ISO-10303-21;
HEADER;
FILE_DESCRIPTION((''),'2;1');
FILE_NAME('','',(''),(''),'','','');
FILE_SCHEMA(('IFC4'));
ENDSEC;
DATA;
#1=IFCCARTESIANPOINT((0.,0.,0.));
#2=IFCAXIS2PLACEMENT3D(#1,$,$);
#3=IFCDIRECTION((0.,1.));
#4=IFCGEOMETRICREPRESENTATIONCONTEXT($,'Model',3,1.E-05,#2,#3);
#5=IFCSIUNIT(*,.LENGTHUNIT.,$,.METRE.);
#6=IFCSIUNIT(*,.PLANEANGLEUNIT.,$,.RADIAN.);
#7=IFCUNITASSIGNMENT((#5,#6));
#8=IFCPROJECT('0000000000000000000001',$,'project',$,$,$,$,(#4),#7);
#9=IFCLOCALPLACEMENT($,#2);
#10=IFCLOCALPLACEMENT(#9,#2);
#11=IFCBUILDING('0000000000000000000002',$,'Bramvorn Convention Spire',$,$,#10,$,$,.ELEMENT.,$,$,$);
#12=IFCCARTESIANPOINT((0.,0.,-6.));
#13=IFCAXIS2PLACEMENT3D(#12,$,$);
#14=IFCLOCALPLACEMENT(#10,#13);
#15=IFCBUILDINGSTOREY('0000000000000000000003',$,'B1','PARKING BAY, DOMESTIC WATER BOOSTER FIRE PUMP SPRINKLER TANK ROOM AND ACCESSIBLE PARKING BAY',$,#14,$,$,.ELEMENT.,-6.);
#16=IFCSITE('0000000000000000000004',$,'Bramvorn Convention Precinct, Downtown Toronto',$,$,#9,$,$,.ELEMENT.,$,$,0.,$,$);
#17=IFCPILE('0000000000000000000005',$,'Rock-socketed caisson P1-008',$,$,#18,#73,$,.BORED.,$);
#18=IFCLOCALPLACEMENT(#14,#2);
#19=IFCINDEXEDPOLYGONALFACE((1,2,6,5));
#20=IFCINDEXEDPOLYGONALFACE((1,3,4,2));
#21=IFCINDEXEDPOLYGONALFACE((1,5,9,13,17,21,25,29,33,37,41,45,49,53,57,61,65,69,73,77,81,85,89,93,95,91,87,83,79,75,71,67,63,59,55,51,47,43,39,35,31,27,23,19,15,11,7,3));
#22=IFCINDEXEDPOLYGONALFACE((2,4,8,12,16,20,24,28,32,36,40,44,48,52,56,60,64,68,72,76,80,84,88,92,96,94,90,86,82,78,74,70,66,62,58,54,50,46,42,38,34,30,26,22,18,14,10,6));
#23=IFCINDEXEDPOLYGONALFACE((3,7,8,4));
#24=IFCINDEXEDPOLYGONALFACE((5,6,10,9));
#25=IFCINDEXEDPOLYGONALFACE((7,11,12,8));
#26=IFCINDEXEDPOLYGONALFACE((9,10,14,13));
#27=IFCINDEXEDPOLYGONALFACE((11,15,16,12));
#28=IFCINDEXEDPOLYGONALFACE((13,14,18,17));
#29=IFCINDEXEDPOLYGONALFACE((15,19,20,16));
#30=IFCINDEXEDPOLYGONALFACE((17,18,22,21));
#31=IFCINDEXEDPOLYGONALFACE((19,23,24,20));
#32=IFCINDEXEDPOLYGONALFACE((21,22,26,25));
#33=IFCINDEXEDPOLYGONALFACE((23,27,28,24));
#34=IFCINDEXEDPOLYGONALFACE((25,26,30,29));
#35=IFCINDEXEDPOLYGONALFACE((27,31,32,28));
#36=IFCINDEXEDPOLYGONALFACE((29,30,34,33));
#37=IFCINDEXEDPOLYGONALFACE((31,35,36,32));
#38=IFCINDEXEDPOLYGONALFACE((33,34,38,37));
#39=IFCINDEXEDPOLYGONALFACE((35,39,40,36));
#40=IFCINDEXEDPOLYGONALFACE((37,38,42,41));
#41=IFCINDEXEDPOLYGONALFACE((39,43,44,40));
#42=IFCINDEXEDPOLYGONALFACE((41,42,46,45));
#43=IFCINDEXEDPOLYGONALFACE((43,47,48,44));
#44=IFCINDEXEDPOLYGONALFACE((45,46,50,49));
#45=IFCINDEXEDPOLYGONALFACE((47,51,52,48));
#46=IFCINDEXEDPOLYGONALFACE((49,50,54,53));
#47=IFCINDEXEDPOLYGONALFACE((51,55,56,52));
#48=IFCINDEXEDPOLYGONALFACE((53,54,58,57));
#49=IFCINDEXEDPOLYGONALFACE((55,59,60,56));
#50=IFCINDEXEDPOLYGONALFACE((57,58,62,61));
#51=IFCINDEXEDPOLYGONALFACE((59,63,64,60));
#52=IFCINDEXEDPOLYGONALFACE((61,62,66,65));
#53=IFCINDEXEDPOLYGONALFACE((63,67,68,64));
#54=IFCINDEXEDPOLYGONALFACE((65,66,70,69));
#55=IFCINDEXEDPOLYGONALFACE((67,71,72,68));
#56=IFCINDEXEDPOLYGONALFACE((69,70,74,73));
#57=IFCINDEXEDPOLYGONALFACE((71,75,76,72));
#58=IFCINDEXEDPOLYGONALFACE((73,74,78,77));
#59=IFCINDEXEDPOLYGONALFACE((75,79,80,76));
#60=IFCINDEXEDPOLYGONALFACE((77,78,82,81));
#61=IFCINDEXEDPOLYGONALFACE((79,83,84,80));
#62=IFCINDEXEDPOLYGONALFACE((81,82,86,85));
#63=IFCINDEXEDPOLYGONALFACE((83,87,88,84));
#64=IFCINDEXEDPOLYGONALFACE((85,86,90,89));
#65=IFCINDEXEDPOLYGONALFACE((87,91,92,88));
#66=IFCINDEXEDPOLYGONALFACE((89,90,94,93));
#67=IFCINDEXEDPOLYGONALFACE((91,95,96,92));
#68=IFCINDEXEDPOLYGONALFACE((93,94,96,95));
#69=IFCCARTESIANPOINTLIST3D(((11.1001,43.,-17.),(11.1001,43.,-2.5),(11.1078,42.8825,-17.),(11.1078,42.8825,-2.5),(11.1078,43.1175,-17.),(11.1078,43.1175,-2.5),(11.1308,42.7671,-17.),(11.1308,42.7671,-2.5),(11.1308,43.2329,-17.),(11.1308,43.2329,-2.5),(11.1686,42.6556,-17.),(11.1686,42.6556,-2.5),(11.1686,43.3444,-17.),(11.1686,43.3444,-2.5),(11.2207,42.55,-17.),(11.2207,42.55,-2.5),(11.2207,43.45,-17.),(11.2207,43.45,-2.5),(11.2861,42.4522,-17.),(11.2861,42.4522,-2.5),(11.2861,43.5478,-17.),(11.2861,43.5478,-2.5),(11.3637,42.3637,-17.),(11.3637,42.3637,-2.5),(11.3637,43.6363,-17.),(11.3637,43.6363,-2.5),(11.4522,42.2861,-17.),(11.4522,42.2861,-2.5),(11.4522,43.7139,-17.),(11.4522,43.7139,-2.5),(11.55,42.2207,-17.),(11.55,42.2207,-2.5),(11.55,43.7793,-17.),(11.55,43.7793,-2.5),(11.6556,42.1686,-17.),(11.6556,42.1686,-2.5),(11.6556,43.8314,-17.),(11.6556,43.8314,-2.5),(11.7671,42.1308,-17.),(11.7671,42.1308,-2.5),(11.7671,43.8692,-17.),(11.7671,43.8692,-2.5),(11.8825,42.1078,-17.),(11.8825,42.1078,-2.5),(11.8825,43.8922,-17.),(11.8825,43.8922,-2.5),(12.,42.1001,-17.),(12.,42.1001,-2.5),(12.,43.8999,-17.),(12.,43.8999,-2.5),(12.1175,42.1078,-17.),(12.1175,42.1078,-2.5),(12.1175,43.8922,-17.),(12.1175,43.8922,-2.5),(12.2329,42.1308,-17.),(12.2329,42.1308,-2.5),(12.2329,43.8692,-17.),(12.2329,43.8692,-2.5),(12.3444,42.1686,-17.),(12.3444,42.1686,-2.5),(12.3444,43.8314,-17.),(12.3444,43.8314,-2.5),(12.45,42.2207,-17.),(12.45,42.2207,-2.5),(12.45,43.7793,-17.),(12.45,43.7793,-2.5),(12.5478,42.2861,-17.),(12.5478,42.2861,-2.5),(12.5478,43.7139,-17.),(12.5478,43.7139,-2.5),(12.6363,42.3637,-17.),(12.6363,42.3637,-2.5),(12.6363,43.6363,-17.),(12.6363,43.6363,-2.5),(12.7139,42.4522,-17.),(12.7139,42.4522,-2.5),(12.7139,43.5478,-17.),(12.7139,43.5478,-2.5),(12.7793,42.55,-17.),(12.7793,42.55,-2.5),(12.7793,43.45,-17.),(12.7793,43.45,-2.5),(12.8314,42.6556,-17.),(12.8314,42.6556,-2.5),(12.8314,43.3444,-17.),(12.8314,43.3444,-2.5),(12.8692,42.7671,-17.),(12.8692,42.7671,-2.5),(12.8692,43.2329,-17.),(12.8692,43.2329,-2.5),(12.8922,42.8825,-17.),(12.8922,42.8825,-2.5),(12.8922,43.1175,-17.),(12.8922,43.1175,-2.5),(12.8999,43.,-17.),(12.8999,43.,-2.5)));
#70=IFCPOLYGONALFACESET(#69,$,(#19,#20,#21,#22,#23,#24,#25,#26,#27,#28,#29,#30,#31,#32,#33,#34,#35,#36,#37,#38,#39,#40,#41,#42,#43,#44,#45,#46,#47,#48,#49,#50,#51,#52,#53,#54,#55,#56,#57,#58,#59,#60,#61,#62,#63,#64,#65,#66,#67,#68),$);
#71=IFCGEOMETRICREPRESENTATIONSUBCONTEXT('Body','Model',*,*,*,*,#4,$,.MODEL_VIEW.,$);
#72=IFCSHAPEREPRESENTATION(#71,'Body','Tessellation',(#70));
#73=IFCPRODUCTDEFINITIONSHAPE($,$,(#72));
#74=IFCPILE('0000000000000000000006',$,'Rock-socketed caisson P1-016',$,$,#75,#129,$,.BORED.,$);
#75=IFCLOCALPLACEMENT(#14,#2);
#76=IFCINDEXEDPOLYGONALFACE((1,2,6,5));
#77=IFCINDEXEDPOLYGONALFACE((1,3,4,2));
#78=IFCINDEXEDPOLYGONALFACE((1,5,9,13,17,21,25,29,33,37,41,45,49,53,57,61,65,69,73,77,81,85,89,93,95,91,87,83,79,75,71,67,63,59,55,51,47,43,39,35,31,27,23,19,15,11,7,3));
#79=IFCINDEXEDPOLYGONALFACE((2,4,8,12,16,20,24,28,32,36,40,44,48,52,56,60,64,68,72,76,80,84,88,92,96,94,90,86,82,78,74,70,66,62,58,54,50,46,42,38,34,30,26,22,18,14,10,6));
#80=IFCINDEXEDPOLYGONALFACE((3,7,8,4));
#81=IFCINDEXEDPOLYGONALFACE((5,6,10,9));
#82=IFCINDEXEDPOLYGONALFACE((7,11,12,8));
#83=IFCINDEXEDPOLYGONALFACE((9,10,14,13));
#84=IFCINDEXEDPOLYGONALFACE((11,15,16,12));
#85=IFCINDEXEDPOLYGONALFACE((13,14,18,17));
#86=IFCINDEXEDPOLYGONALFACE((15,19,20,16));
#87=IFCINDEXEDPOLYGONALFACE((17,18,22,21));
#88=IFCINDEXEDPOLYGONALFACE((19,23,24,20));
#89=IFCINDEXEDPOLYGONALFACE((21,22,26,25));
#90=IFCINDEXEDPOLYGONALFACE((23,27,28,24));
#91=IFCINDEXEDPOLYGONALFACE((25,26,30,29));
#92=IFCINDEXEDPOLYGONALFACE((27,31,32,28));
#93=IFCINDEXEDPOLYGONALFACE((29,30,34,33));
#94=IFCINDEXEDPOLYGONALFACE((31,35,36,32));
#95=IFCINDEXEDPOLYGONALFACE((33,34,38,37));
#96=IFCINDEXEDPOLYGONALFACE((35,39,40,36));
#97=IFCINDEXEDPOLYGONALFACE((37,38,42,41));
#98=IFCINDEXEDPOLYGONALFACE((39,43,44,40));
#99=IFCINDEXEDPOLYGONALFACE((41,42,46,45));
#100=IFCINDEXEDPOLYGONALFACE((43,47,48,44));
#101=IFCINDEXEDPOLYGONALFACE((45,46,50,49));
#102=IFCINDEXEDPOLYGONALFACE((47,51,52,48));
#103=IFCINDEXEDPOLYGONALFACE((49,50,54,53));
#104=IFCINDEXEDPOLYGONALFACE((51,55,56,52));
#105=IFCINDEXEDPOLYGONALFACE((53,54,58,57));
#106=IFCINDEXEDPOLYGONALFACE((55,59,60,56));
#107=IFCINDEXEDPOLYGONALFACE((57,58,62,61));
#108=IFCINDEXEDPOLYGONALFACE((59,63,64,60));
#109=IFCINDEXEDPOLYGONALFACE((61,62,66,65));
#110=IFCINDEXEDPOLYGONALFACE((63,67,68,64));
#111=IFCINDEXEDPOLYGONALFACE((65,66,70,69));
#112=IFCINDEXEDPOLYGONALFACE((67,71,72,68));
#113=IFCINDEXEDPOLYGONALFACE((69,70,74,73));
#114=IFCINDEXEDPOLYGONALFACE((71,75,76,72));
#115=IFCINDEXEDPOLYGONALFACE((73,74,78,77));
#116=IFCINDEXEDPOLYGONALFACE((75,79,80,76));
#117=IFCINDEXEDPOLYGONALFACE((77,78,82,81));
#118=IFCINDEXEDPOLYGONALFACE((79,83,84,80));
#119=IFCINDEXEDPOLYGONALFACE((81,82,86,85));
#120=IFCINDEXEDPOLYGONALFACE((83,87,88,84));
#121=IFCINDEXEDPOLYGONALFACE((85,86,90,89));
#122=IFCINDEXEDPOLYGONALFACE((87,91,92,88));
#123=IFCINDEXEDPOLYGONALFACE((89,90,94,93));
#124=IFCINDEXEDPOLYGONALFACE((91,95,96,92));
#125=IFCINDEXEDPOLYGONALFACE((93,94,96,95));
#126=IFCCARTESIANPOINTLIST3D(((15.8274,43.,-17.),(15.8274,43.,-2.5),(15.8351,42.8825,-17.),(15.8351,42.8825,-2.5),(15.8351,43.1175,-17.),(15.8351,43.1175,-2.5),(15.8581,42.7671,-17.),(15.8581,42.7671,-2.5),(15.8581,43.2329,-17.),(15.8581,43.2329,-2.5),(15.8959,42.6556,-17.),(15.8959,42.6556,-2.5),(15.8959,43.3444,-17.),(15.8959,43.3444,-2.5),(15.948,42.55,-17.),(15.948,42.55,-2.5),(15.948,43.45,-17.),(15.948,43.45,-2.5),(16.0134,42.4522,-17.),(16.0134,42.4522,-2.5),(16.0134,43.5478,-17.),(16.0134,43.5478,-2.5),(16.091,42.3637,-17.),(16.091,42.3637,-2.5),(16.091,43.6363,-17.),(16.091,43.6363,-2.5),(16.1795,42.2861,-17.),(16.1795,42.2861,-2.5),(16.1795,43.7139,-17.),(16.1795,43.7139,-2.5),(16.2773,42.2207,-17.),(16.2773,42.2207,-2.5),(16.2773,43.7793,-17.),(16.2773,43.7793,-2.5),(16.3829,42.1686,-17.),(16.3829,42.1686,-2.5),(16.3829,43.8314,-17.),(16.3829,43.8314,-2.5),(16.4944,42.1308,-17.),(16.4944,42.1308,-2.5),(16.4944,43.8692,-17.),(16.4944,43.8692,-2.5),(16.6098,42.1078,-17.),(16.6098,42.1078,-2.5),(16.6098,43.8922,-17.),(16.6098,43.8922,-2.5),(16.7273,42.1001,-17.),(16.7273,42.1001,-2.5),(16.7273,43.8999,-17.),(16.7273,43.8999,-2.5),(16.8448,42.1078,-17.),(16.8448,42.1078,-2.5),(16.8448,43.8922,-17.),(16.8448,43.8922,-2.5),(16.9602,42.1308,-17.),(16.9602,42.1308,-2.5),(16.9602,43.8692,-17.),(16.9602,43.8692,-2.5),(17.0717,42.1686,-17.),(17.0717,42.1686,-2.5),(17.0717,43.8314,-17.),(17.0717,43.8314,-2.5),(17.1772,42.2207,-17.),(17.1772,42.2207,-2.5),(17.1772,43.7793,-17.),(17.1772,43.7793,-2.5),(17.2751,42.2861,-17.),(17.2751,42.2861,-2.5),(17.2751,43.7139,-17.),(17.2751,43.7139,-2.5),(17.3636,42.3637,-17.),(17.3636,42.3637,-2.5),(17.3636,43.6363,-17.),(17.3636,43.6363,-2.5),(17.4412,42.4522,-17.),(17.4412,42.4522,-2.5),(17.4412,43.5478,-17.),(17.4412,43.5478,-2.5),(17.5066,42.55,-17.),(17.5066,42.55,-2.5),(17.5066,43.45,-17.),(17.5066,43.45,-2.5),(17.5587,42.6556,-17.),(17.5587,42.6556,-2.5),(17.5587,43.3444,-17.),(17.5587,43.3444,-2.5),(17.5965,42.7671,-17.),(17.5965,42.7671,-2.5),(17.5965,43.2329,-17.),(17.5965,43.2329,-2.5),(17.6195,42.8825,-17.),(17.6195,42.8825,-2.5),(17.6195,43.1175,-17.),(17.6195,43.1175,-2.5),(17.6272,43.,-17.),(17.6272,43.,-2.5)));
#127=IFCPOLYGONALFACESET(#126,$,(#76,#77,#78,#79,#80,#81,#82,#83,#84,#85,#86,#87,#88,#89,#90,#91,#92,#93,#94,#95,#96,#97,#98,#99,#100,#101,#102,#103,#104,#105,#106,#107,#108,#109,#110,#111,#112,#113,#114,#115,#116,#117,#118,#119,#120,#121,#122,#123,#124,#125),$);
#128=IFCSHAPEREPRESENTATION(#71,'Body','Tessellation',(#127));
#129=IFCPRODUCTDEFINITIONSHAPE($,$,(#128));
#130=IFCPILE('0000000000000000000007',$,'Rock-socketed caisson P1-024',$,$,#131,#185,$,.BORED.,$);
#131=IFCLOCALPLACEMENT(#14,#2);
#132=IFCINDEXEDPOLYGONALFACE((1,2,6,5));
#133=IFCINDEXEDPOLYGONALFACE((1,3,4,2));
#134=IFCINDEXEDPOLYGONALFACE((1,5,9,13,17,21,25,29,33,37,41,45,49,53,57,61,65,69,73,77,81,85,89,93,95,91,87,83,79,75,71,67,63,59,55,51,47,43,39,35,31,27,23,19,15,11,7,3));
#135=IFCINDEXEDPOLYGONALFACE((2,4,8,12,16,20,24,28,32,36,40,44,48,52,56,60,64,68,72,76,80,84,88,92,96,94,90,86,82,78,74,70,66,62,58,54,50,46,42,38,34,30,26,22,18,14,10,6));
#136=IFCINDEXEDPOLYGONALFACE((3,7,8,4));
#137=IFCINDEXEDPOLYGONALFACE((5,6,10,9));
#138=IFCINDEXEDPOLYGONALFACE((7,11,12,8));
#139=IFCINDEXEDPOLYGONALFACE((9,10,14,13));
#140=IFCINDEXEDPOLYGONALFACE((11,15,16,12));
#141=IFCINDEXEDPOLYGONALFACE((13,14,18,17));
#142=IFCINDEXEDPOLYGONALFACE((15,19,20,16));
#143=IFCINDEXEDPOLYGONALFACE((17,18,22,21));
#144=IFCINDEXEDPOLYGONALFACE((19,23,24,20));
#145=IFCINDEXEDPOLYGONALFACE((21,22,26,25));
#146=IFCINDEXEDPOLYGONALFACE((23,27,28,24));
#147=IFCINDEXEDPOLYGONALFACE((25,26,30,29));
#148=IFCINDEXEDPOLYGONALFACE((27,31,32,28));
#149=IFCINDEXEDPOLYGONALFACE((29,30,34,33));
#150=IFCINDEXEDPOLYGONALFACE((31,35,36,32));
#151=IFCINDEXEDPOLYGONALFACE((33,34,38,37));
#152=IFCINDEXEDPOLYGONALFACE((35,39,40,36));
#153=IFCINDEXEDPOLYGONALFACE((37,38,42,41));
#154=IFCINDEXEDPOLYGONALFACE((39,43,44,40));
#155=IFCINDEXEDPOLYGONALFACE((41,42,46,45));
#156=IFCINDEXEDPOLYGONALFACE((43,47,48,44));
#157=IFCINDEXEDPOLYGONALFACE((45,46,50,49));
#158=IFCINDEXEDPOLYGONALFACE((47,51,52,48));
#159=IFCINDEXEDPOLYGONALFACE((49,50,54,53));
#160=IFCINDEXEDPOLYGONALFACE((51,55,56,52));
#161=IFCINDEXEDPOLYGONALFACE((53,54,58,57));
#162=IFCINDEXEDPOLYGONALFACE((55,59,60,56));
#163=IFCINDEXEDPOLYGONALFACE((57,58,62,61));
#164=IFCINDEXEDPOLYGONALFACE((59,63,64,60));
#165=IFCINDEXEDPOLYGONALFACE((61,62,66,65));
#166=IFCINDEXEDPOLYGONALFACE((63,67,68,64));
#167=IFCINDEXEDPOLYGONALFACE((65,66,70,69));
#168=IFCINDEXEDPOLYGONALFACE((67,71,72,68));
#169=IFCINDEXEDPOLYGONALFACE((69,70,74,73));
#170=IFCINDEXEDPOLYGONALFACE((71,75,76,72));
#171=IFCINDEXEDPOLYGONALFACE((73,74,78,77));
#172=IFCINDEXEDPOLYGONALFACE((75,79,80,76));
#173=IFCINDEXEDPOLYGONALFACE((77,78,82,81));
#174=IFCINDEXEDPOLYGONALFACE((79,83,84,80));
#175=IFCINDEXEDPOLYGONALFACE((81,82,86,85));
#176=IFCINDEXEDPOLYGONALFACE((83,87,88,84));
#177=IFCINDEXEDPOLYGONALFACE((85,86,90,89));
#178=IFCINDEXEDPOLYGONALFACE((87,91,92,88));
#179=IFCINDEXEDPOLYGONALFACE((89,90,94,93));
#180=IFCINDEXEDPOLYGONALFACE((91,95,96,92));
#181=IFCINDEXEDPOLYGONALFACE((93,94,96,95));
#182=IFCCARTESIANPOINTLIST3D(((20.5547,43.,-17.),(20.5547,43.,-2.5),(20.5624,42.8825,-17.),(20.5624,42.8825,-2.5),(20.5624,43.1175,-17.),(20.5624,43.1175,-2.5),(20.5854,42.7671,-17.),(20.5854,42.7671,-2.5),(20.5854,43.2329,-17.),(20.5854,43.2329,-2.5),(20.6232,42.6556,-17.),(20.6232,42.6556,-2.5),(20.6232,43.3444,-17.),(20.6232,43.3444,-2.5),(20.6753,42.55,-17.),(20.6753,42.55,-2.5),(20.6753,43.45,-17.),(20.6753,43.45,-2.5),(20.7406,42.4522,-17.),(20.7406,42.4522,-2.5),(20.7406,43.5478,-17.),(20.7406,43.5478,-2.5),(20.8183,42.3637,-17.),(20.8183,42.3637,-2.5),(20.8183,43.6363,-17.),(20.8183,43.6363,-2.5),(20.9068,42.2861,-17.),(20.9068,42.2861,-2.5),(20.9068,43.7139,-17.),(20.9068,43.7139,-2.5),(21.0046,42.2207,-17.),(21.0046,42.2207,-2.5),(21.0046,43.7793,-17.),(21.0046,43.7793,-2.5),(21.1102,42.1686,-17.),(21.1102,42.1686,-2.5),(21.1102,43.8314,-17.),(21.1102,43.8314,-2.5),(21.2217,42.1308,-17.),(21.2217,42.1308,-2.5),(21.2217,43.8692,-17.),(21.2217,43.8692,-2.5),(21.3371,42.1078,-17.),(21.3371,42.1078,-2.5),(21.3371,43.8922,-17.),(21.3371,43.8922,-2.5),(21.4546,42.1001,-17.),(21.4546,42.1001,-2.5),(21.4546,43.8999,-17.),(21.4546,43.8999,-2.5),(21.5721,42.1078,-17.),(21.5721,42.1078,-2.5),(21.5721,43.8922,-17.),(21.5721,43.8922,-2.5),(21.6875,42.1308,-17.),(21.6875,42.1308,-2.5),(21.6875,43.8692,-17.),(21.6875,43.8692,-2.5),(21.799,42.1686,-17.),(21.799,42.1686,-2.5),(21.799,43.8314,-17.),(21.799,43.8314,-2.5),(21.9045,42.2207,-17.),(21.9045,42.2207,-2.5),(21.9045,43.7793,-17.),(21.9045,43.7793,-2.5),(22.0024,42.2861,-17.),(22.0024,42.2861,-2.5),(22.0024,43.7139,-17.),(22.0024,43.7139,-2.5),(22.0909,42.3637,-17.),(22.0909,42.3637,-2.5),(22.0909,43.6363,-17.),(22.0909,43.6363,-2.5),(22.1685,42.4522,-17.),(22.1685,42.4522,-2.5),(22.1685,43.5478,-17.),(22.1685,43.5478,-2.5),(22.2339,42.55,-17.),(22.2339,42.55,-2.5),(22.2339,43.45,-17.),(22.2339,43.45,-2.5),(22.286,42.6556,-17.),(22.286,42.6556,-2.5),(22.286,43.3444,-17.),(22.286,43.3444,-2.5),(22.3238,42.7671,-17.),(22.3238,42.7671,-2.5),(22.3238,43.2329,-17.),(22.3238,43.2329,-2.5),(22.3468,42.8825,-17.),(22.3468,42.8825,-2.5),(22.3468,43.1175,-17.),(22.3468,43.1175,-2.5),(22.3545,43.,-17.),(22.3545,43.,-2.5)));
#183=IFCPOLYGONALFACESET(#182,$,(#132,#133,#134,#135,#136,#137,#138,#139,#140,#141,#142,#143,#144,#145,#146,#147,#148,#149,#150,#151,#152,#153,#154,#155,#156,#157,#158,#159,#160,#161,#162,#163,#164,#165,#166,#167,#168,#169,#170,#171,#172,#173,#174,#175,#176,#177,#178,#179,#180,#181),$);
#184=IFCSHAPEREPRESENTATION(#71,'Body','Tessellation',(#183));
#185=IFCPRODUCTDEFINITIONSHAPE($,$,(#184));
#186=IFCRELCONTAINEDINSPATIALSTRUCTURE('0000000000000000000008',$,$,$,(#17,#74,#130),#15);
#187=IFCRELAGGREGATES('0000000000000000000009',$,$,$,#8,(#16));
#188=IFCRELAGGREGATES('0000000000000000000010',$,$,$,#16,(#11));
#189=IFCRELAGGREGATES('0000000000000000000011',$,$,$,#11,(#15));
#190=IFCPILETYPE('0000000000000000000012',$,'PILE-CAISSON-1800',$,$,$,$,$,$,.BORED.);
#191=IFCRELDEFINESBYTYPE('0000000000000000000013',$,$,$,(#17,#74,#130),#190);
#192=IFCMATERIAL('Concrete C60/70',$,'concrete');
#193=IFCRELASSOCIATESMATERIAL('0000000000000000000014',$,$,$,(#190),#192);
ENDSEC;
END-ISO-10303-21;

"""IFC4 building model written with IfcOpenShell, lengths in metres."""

from ifc_helpers import new_model, si_unit, direction, frame, origin, origin_2d, place, context, subcontext, project, spatial, circle, extrude, material, material_profile, profile_set, type_object, element, save


model = new_model("IFC4")

# Units and contexts
model_context = context("Model", 3, precision=1e-05, world=origin(), true_north=direction((0.0, 1.0)))
body_context = subcontext(model_context, "Body", "Model", "MODEL_VIEW")
ifc_project = project(units=[si_unit("LENGTHUNIT", "METRE"), si_unit("PLANEANGLEUNIT", "RADIAN")], contexts=[model_context])

# Site, building, storey
site_placement = place(None, origin())
site = spatial("IfcSite", under=ifc_project, at=site_placement, Name="Bramvorn Convention Precinct, Downtown Toronto", CompositionType="ELEMENT", RefElevation=0.0)
building_placement = place(site_placement, origin())
building = spatial("IfcBuilding", under=site, at=building_placement, Name="Bramvorn Convention Spire", CompositionType="ELEMENT")
storey_placement = place(building_placement, frame((0.0, 0.0, -6.0)))
storey = spatial("IfcBuildingStorey", under=building, at=storey_placement, Name="B1", Description="PARKING BAY, DOMESTIC WATER BOOSTER FIRE PUMP SPRINKLER TANK ROOM AND ACCESSIBLE PARKING BAY", CompositionType="ELEMENT", Elevation=-6.0)

# Shared definitions
ifc_material_1 = material(Name="Concrete C60/70", Category="concrete")

# Piles
ifc_material_profile_1 = material_profile(ifc_material_1, circle(Radius=0.8999, at=origin_2d()))
ifc_profile_set_1 = profile_set([ifc_material_profile_1], Name="Concrete C60/70 - CAISSON1800")
pile_type_1 = type_object("IfcPileType", Name="PILE-CAISSON-1800", PredefinedType="BORED", material=ifc_profile_set_1)
for number, where, z_axis, x_axis, name in (
    (1, (12.0, 43.0, -2.5), (0.0, 0.0, -1.0), (1.0, 0.0, 0.0), "Rock-socketed caisson P1-008"),
    (2, (16.7273, 43.0, -2.5), (0.0, 0.0, -1.0), (1.0, 0.0, 0.0), "Rock-socketed caisson P1-016"),
    (3, (21.4546, 43.0, -2.5), (0.0, 0.0, -1.0), (1.0, 0.0, 0.0), "Rock-socketed caisson P1-024"),
):
    element("IfcPile", number, at=place(storey_placement, frame(where, z_axis=z_axis, x_axis=x_axis)), inside=storey, type_object=pile_type_1, Name=name, PredefinedType="BORED", context=body_context, shape_type="SweptSolid", body=[
        extrude(circle(Radius=0.8999, at=origin_2d()), origin(), (0.0, 0.0, 1.0), 14.5),
    ])

save(model, "model.ifc")
